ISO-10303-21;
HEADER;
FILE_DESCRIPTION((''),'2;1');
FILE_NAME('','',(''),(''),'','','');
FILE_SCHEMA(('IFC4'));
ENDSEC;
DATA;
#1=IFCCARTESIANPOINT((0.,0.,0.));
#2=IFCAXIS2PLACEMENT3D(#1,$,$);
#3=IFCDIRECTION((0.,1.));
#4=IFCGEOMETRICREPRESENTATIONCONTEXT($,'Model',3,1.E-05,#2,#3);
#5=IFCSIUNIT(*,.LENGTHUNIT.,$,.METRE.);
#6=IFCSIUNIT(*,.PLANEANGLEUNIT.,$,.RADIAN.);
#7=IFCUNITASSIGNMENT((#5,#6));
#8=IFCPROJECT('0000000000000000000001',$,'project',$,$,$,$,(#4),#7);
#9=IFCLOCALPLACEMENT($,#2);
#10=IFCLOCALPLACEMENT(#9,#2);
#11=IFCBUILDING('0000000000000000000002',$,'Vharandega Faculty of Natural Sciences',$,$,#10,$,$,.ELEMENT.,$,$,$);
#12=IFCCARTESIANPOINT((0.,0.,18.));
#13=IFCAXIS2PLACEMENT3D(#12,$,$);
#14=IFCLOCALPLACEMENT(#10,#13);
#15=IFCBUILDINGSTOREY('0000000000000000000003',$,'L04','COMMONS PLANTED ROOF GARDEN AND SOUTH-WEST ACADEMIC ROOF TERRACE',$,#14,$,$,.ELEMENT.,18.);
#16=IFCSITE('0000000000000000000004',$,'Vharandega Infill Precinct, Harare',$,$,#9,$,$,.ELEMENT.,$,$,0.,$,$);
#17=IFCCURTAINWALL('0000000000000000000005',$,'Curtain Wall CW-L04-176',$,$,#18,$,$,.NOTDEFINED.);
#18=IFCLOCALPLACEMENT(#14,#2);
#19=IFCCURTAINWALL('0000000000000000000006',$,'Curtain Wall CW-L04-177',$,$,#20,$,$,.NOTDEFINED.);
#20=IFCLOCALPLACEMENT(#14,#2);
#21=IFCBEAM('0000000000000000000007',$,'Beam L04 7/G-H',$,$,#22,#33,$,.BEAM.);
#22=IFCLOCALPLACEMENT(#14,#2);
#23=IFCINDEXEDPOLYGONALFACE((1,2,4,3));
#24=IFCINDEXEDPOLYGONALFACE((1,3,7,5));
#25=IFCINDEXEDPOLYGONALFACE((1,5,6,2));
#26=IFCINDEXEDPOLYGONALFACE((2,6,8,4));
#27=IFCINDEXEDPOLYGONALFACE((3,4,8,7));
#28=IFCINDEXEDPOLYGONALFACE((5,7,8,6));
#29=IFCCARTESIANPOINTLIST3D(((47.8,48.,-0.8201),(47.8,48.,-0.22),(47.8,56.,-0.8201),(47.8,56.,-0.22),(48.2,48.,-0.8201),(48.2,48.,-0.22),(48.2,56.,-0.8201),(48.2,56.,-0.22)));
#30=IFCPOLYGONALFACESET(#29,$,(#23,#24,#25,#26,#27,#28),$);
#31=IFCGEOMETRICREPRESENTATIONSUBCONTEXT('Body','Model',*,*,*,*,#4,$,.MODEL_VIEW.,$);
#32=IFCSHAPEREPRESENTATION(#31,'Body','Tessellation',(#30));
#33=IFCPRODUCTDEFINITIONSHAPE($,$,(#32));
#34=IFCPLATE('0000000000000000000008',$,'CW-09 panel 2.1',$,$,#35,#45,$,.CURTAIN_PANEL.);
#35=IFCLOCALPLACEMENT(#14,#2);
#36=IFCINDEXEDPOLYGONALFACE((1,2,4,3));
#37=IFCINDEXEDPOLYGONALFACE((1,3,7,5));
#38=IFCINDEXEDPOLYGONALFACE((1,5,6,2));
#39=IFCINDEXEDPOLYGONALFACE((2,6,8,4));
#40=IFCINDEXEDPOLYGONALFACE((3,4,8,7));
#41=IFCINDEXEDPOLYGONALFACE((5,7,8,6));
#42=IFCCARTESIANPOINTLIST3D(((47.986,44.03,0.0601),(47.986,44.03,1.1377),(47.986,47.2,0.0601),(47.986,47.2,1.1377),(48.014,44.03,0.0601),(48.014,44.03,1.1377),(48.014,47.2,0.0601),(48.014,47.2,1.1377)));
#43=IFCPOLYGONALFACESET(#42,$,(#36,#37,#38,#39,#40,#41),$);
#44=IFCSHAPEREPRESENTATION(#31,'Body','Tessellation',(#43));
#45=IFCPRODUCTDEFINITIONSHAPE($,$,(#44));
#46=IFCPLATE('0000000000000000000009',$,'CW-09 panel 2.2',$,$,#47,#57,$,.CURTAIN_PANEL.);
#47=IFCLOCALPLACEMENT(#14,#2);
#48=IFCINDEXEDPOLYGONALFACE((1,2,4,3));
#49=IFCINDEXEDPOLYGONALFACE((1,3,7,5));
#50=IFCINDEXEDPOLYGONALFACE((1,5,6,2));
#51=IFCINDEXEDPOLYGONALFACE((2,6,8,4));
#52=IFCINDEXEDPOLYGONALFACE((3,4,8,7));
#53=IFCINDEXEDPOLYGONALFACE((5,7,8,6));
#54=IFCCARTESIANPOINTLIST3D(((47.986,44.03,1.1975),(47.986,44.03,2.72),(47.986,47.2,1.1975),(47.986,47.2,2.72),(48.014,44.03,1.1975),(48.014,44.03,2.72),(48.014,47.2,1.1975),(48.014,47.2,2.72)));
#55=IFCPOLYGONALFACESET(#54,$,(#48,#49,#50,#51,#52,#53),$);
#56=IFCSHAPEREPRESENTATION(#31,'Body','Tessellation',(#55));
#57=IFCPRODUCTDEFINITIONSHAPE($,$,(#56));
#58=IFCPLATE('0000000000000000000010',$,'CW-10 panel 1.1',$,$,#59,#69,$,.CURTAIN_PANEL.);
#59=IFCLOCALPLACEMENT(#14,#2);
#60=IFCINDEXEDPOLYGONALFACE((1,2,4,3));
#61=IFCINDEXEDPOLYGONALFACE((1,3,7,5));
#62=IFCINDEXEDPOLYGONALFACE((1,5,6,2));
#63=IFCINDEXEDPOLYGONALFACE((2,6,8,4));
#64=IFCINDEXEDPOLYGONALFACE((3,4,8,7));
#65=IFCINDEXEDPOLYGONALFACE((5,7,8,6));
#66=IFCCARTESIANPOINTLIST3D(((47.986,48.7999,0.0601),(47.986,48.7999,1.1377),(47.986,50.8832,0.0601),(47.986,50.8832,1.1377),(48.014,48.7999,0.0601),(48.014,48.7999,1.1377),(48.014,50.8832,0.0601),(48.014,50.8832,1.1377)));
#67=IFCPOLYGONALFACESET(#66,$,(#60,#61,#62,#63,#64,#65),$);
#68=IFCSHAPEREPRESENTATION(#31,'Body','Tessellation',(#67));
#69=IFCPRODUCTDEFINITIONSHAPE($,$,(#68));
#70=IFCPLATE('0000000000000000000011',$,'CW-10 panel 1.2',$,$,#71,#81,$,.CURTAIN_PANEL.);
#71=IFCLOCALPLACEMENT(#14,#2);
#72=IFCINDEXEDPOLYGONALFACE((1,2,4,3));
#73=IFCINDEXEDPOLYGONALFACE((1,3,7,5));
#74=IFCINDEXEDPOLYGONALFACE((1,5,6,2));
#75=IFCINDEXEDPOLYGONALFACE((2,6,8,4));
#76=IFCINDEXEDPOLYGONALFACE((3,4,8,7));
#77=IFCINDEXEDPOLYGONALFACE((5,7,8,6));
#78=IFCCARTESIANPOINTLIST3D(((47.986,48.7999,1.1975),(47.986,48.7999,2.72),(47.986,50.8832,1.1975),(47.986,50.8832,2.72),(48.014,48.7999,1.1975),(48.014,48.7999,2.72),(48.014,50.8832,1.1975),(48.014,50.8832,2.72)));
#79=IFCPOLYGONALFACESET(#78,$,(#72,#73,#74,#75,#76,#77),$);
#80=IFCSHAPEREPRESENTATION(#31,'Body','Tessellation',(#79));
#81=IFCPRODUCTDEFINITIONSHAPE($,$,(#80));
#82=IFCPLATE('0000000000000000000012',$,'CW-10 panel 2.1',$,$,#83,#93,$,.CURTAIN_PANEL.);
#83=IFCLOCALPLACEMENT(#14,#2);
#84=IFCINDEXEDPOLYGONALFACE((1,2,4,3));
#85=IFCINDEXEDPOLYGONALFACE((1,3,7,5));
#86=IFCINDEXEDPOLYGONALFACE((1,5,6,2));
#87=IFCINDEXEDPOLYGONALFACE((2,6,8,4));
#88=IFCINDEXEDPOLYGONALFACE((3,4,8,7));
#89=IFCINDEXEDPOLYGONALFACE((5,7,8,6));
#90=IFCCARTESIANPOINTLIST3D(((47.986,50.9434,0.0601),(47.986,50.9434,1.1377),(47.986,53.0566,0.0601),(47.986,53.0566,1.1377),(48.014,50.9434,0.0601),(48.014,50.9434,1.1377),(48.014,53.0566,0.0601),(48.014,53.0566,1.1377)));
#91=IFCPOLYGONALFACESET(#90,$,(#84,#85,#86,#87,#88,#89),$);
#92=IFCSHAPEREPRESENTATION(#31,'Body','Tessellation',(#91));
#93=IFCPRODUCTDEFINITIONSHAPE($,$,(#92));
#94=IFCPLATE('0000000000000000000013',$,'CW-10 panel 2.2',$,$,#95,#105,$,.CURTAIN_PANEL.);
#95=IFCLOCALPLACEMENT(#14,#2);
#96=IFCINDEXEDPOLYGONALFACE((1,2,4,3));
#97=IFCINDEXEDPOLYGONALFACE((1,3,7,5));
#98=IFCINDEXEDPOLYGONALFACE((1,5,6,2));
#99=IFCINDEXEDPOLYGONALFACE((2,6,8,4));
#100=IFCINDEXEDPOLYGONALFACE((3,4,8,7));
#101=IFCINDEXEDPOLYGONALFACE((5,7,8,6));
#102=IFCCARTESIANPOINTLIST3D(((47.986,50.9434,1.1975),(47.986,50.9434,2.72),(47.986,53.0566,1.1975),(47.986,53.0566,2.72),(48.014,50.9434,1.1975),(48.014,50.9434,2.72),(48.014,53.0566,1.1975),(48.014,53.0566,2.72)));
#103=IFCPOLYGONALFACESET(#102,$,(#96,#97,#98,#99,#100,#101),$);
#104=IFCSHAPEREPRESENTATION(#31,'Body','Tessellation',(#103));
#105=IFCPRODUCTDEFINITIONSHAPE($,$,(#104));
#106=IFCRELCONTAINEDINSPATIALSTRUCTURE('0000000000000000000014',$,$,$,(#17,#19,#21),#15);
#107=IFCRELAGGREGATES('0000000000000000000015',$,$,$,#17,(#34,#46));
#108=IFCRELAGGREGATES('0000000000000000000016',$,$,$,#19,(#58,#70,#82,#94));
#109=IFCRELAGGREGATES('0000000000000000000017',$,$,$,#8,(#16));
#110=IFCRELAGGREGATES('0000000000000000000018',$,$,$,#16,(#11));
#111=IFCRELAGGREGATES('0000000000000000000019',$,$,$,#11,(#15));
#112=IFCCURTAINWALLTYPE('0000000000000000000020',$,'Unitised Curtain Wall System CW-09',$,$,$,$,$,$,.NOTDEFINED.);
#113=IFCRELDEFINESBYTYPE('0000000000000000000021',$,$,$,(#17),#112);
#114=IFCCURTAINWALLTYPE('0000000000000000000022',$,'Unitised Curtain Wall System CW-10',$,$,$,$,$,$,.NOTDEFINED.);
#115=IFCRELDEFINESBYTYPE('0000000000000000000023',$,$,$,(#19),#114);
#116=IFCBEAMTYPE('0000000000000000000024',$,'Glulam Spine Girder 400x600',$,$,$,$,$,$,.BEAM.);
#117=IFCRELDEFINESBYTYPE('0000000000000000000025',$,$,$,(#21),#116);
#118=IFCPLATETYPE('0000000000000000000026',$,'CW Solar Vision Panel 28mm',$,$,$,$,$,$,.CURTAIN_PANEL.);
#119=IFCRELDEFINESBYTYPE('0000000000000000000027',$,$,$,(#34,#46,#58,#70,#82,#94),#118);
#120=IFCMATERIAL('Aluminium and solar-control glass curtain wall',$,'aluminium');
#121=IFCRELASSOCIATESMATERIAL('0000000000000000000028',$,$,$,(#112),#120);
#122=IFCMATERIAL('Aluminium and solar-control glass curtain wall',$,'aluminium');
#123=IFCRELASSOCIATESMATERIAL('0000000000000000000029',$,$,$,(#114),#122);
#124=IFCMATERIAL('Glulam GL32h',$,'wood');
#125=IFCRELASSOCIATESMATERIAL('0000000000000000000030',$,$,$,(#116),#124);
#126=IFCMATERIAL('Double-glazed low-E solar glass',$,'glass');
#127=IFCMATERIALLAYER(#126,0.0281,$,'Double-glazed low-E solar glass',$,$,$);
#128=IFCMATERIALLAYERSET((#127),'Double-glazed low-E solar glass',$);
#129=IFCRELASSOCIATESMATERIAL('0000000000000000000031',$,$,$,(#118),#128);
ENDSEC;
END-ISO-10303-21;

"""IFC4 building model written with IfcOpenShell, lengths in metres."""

from ifc_helpers import new_model, si_unit, direction, frame, origin, origin_2d, place, context, subcontext, project, spatial, rectangle, extrude, material, layer, layer_set, material_profile, profile_set, type_object, element, aggregate, save


model = new_model("IFC4")

# Units and contexts
model_context = context("Model", 3, precision=1e-05, world=origin(), true_north=direction((0.0, 1.0)))
body_context = subcontext(model_context, "Body", "Model", "MODEL_VIEW")
ifc_project = project(units=[si_unit("LENGTHUNIT", "METRE"), si_unit("PLANEANGLEUNIT", "RADIAN")], contexts=[model_context])

# Site, building, storey
site_placement = place(None, origin())
site = spatial("IfcSite", under=ifc_project, at=site_placement, Name="Vharandega Infill Precinct, Harare", CompositionType="ELEMENT", RefElevation=0.0)
building_placement = place(site_placement, origin())
building = spatial("IfcBuilding", under=site, at=building_placement, Name="Vharandega Faculty of Natural Sciences", CompositionType="ELEMENT")
storey_placement = place(building_placement, frame((0.0, 0.0, 18.0)))
storey = spatial("IfcBuildingStorey", under=building, at=storey_placement, Name="L04", Description="COMMONS PLANTED ROOF GARDEN AND SOUTH-WEST ACADEMIC ROOF TERRACE", CompositionType="ELEMENT", Elevation=18.0)

# Curtain wall
ifc_material_1 = material(Name="Aluminium and solar-control glass curtain wall", Category="aluminium")
curtain_wall_type_1 = type_object("IfcCurtainWallType", Name="Unitised Curtain Wall System CW-09", PredefinedType="NOTDEFINED", material=ifc_material_1)
curtain_wall_1_placement = place(storey_placement, origin())
curtain_wall_1 = element("IfcCurtainWall", 1, at=curtain_wall_1_placement, inside=storey, type_object=curtain_wall_type_1, Name="Curtain Wall CW-L04-176", PredefinedType="NOTDEFINED")

# Curtain wall
ifc_material_2 = material(Name="Aluminium and solar-control glass curtain wall", Category="aluminium")
curtain_wall_type_2 = type_object("IfcCurtainWallType", Name="Unitised Curtain Wall System CW-10", PredefinedType="NOTDEFINED", material=ifc_material_2)
curtain_wall_2_placement = place(storey_placement, origin())
curtain_wall_2 = element("IfcCurtainWall", 2, at=curtain_wall_2_placement, inside=storey, type_object=curtain_wall_type_2, Name="Curtain Wall CW-L04-177", PredefinedType="NOTDEFINED")

# Beam
ifc_material_3 = material(Name="Glulam GL32h", Category="wood")
ifc_material_profile_1 = material_profile(ifc_material_3, rectangle(XDim=0.3999, YDim=0.6001, at=origin_2d()), Name="GL32h 400x600")
ifc_profile_set_1 = profile_set([ifc_material_profile_1], Name="Glulam GL32h")
beam_type = type_object("IfcBeamType", Name="Glulam Spine Girder 400x600", PredefinedType="BEAM", material=ifc_profile_set_1)
beam_placement = place(storey_placement, frame((48.0, 48.0, -0.52), z_axis=(0.0, 1.0, 0.0), x_axis=(-1.0, 0.0, 0.0)))
element("IfcBeam", 3, at=beam_placement, inside=storey, type_object=beam_type, Name="Beam L04 7/G-H", PredefinedType="BEAM", context=body_context, shape_type="SweptSolid", body=[
    extrude(rectangle(XDim=0.3999, YDim=0.6001, at=origin_2d()), origin(), (0.0, 0.0, 1.0), 8.0),
])

# Plates
ifc_material_4 = material(Name="Double-glazed low-E solar glass", Category="glass")
ifc_layer = layer(ifc_material_4, 0.0281, Name="Double-glazed low-E solar glass")
ifc_layer_set = layer_set([ifc_layer], Name="Double-glazed low-E solar glass")
plate_type = type_object("IfcPlateType", Name="CW Solar Vision Panel 28mm", PredefinedType="CURTAIN_PANEL", material=ifc_layer_set)
plate_1_placement = place(storey_placement, frame((48.0, 45.615, 0.0601), z_axis=(0.0, 0.0, 1.0), x_axis=(0.0, 1.0, 0.0)))
plate_1 = element("IfcPlate", 4, at=plate_1_placement, type_object=plate_type, Name="CW-09 panel 2.1", PredefinedType="CURTAIN_PANEL", context=body_context, shape_type="SweptSolid", body=[
    extrude(rectangle(XDim=3.1699, YDim=0.0281, at=origin_2d()), origin(), (0.0, 0.0, 1.0), 1.0776),
])
plate_2_placement = place(storey_placement, frame((48.0, 45.615, 1.1975), z_axis=(0.0, 0.0, 1.0), x_axis=(0.0, 1.0, 0.0)))
plate_2 = element("IfcPlate", 5, at=plate_2_placement, type_object=plate_type, Name="CW-09 panel 2.2", PredefinedType="CURTAIN_PANEL", context=body_context, shape_type="SweptSolid", body=[
    extrude(rectangle(XDim=3.1699, YDim=0.0281, at=origin_2d()), origin(), (0.0, 0.0, 1.0), 1.5225),
])
aggregate(curtain_wall_1, [plate_1, plate_2])
plate_3_placement = place(storey_placement, frame((48.0, 49.8416, 0.0601), z_axis=(0.0, 0.0, 1.0), x_axis=(0.0, 1.0, 0.0)))
plate_3 = element("IfcPlate", 6, at=plate_3_placement, type_object=plate_type, Name="CW-10 panel 1.1", PredefinedType="CURTAIN_PANEL", context=body_context, shape_type="SweptSolid", body=[
    extrude(rectangle(XDim=2.0833, YDim=0.0281, at=origin_2d()), origin(), (0.0, 0.0, 1.0), 1.0776),
])
plate_4_placement = place(storey_placement, frame((48.0, 49.8416, 1.1975), z_axis=(0.0, 0.0, 1.0), x_axis=(0.0, 1.0, 0.0)))
plate_4 = element("IfcPlate", 7, at=plate_4_placement, type_object=plate_type, Name="CW-10 panel 1.2", PredefinedType="CURTAIN_PANEL", context=body_context, shape_type="SweptSolid", body=[
    extrude(rectangle(XDim=2.0833, YDim=0.0281, at=origin_2d()), origin(), (0.0, 0.0, 1.0), 1.5225),
])
plate_5_placement = place(storey_placement, frame((48.0, 52.0, 0.0601), z_axis=(0.0, 0.0, 1.0), x_axis=(0.0, 1.0, 0.0)))
plate_5 = element("IfcPlate", 8, at=plate_5_placement, type_object=plate_type, Name="CW-10 panel 2.1", PredefinedType="CURTAIN_PANEL", context=body_context, shape_type="SweptSolid", body=[
    extrude(rectangle(XDim=2.1133, YDim=0.0281, at=origin_2d()), origin(), (0.0, 0.0, 1.0), 1.0776),
])
plate_6_placement = place(storey_placement, frame((48.0, 52.0, 1.1975), z_axis=(0.0, 0.0, 1.0), x_axis=(0.0, 1.0, 0.0)))
plate_6 = element("IfcPlate", 9, at=plate_6_placement, type_object=plate_type, Name="CW-10 panel 2.2", PredefinedType="CURTAIN_PANEL", context=body_context, shape_type="SweptSolid", body=[
    extrude(rectangle(XDim=2.1133, YDim=0.0281, at=origin_2d()), origin(), (0.0, 0.0, 1.0), 1.5225),
])
aggregate(curtain_wall_2, [plate_3, plate_4, plate_5, plate_6])

save(model, "model.ifc")
